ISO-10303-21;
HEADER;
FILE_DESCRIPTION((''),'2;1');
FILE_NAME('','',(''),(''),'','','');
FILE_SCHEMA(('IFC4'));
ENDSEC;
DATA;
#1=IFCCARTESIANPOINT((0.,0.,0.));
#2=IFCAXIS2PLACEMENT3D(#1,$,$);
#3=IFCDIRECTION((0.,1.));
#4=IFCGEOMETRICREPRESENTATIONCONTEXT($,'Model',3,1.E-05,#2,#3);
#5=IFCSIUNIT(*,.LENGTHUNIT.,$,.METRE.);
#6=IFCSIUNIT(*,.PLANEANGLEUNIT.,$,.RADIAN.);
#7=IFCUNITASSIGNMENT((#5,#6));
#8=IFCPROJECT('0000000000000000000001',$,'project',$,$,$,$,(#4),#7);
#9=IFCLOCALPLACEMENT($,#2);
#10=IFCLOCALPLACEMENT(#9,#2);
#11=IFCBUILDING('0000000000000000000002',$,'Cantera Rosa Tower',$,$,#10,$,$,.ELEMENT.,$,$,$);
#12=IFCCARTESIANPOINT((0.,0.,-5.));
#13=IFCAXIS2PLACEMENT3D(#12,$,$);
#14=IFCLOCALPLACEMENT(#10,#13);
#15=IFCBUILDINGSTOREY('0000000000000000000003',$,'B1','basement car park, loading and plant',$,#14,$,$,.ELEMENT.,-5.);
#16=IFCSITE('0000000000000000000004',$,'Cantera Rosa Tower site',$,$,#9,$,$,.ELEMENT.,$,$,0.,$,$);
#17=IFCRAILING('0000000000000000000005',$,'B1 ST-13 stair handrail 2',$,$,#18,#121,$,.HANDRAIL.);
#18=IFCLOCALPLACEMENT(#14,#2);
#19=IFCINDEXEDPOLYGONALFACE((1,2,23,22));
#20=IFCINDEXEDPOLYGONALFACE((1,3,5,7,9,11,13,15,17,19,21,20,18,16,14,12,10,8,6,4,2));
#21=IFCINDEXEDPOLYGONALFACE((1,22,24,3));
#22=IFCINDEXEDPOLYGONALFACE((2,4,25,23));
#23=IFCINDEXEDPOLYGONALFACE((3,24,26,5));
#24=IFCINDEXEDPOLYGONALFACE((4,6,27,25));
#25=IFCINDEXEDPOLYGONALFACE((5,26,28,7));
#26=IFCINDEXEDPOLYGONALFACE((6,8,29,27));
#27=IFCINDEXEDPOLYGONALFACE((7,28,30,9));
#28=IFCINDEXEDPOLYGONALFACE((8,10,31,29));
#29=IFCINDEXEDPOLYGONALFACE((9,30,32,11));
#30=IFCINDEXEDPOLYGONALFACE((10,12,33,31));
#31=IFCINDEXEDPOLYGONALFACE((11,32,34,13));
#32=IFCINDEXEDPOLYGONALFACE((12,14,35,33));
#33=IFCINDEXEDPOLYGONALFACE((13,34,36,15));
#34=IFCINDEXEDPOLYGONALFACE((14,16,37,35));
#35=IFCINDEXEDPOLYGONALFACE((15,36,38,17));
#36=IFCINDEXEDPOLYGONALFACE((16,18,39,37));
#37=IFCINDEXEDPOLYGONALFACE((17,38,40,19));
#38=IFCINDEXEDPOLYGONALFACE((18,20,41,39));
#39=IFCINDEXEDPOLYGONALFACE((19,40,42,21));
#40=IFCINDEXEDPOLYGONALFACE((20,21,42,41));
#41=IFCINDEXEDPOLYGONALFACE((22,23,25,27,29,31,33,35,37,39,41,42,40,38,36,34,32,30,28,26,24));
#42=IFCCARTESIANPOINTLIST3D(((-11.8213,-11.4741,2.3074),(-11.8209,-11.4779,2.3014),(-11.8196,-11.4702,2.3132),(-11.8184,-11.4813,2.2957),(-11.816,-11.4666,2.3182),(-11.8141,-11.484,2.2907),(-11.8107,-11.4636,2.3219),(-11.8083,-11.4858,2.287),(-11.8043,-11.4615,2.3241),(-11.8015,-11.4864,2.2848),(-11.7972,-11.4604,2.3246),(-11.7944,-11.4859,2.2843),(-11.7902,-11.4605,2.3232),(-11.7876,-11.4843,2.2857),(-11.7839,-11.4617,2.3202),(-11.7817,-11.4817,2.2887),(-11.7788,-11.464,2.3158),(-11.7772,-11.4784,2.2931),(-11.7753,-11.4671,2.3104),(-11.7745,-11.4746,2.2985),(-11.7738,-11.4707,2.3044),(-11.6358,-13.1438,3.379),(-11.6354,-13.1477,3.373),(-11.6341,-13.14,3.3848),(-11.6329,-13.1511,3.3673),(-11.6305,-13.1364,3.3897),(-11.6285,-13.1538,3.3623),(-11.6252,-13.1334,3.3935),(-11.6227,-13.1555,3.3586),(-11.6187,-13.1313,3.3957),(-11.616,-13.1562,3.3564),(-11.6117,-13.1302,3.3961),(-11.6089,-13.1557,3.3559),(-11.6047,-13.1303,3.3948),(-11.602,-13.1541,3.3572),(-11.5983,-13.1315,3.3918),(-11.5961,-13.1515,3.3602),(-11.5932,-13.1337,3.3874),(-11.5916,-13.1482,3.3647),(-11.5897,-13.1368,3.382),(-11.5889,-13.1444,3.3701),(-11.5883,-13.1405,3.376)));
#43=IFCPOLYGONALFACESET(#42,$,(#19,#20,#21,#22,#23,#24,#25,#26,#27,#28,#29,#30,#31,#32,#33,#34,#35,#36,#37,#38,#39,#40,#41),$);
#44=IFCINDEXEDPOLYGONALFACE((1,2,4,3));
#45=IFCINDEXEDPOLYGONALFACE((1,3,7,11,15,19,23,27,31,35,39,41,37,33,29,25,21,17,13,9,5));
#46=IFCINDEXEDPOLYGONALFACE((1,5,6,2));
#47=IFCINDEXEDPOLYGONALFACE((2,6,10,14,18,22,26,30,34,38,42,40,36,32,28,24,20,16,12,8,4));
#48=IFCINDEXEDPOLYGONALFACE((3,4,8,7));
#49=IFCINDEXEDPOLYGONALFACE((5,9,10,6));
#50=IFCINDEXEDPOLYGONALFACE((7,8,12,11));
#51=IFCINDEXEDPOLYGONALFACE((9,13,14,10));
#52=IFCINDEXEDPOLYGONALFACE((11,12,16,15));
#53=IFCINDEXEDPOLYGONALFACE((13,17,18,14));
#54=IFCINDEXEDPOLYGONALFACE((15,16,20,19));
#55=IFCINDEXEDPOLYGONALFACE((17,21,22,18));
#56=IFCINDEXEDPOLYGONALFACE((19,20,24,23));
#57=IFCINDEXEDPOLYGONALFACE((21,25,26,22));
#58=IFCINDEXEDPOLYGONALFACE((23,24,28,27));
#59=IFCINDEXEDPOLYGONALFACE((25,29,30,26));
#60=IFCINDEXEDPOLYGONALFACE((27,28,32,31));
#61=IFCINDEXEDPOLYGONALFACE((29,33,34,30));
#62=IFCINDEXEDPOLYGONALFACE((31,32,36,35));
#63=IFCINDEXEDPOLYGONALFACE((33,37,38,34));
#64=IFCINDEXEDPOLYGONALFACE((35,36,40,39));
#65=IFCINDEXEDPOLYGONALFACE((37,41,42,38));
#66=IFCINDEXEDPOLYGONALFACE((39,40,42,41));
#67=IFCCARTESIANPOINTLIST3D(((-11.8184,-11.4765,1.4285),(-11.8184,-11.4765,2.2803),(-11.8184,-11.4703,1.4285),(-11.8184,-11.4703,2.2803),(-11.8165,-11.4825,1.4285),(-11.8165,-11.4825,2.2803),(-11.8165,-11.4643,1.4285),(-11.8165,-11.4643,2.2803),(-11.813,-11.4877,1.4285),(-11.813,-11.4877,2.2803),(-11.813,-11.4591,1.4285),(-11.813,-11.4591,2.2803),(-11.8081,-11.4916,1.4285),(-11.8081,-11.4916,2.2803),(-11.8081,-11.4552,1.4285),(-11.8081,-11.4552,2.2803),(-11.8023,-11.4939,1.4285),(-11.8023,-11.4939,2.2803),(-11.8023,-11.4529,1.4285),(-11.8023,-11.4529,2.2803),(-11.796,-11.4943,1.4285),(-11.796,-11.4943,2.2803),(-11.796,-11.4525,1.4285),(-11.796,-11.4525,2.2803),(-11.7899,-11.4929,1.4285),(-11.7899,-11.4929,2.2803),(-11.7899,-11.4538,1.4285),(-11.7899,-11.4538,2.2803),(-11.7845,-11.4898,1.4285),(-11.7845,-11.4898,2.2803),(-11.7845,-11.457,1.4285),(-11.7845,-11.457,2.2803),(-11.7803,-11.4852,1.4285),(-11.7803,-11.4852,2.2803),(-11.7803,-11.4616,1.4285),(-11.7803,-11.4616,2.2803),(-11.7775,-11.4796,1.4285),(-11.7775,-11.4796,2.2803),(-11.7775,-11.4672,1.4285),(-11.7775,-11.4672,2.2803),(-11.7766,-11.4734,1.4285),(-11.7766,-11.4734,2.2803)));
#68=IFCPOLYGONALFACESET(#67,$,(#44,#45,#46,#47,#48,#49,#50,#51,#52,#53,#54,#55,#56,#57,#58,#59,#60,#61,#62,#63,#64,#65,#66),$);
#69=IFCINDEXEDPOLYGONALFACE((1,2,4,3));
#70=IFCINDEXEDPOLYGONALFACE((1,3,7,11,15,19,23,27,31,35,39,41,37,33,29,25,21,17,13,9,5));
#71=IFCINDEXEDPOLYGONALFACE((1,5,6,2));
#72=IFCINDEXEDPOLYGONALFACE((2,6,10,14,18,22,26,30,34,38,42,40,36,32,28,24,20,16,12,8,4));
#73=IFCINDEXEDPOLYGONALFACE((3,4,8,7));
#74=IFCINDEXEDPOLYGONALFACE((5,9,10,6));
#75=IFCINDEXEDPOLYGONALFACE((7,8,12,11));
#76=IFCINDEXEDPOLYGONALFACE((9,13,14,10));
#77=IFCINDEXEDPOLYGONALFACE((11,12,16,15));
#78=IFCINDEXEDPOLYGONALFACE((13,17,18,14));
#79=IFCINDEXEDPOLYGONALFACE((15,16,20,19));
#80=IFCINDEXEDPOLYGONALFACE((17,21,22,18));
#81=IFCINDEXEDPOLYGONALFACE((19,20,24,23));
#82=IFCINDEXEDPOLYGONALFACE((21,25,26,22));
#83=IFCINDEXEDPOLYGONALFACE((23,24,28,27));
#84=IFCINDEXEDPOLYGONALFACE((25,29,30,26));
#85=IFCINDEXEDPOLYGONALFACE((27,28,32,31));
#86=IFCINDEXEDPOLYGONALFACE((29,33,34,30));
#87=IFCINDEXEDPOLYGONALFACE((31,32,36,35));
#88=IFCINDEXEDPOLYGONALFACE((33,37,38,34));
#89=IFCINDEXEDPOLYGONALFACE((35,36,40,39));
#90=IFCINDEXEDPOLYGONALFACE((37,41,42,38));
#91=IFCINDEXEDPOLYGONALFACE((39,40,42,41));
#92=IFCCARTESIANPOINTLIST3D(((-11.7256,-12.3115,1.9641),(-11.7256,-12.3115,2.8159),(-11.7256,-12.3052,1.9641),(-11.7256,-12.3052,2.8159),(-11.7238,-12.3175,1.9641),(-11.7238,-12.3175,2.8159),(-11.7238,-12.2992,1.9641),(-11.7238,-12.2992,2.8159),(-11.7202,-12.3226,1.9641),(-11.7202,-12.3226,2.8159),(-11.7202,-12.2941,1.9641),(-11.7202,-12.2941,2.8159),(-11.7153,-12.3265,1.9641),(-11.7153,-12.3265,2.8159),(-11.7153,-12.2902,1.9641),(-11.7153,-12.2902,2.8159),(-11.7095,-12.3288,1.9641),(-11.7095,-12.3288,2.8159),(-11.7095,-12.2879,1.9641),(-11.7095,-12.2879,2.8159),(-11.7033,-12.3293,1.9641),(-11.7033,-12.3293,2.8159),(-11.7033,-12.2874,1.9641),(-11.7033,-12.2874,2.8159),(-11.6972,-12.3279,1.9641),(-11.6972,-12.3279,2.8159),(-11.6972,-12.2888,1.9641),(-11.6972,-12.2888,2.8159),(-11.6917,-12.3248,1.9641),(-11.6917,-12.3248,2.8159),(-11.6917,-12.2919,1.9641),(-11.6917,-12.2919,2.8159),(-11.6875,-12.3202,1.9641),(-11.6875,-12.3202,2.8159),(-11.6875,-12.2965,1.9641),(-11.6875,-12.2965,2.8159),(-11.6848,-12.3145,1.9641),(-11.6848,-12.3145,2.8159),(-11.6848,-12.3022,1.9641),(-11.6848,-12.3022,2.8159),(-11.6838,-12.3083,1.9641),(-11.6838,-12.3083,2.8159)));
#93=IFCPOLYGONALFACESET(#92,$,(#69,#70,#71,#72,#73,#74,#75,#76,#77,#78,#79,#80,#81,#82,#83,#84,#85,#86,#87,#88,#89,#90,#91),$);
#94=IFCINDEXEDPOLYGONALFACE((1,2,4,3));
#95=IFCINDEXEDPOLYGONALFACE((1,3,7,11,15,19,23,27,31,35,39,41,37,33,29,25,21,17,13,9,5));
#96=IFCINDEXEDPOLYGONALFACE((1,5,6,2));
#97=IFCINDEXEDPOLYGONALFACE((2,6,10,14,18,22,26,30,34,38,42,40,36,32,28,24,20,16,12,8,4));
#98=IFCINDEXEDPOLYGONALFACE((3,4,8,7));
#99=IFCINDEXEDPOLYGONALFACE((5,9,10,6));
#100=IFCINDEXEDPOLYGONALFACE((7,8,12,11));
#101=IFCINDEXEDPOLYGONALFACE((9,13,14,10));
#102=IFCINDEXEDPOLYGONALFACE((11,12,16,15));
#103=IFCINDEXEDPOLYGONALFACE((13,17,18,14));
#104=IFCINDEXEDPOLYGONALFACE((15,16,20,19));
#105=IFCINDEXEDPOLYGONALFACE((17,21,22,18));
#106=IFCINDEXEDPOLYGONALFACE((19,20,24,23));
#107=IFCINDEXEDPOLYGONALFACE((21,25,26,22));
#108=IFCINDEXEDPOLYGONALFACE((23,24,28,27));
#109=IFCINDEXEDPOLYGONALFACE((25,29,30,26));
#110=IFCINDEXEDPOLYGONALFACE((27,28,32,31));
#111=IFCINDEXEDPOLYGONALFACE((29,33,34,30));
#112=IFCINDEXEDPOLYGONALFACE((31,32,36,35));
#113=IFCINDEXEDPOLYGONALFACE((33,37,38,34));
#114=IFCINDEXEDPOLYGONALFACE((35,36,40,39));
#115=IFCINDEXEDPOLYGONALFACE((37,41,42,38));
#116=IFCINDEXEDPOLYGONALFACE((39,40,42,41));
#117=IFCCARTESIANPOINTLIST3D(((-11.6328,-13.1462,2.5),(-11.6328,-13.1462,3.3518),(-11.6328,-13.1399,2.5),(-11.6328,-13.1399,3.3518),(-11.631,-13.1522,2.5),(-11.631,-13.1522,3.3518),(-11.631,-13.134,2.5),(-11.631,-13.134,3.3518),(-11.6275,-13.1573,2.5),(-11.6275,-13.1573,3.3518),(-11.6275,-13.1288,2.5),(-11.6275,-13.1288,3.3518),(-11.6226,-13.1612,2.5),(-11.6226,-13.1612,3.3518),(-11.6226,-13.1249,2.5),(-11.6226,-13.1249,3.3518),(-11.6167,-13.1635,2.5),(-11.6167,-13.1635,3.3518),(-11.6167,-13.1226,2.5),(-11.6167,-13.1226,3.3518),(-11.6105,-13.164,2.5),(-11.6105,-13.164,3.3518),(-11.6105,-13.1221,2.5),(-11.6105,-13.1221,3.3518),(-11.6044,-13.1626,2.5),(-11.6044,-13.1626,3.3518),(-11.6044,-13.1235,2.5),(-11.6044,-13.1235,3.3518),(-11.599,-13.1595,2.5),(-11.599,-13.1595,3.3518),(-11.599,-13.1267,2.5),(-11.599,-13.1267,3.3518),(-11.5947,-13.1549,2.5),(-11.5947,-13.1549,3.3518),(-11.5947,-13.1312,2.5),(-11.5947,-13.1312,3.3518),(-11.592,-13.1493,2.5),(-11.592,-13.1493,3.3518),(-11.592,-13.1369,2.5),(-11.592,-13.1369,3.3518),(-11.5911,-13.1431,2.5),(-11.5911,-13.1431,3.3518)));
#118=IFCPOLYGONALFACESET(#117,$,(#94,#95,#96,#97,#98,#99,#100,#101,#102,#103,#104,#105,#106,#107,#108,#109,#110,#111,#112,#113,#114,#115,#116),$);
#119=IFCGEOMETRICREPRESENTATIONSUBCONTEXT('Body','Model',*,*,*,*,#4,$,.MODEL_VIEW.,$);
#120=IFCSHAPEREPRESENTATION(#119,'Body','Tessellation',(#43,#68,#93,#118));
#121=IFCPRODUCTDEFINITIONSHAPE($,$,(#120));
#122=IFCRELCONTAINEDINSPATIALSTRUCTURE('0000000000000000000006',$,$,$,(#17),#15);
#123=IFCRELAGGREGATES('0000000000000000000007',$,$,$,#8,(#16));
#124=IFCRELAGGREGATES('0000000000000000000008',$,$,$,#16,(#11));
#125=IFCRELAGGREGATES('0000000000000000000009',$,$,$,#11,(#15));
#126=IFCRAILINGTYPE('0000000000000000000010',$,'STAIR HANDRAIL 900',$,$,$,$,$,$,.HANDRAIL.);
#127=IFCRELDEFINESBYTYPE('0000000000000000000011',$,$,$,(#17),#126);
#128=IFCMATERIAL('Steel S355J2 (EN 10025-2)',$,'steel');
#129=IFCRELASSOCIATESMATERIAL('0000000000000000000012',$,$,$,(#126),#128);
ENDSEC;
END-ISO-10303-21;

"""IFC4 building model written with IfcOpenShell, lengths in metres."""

from ifc_helpers import new_model, si_unit, direction, frame, origin, origin_2d, place, context, subcontext, project, spatial, circle, extrude, material, type_object, element, save


model = new_model("IFC4")

# Units and contexts
model_context = context("Model", 3, precision=1e-05, world=origin(), true_north=direction((0.0, 1.0)))
body_context = subcontext(model_context, "Body", "Model", "MODEL_VIEW")
ifc_project = project(units=[si_unit("LENGTHUNIT", "METRE"), si_unit("PLANEANGLEUNIT", "RADIAN")], contexts=[model_context])

# Site, building, storey
site_placement = place(None, origin())
site = spatial("IfcSite", under=ifc_project, at=site_placement, Name="Cantera Rosa Tower site", CompositionType="ELEMENT", RefElevation=0.0)
building_placement = place(site_placement, origin())
building = spatial("IfcBuilding", under=site, at=building_placement, Name="Cantera Rosa Tower", CompositionType="ELEMENT")
storey_placement = place(building_placement, frame((0.0, 0.0, -5.0)))
storey = spatial("IfcBuildingStorey", under=building, at=storey_placement, Name="B1", Description="basement car park, loading and plant", CompositionType="ELEMENT", Elevation=-5.0)

# Railing
ifc_material_1 = material(Name="Steel S355J2 (EN 10025-2)", Category="steel")
railing_type_1 = type_object("IfcRailingType", Name="STAIR HANDRAIL 900", PredefinedType="HANDRAIL", material=ifc_material_1)
railing_1_placement = place(storey_placement, frame((-11.7976, -11.4734, 1.4285)))
element("IfcRailing", 1, at=railing_1_placement, inside=storey, type_object=railing_type_1, Name="B1 ST-13 stair handrail 2", PredefinedType="HANDRAIL", context=body_context, shape_type="SweptSolid", body=[
    extrude(circle(Radius=0.0239, at=origin_2d()), frame((0.0, 0.0, 0.876), z_axis=(0.093118, -0.837941, 0.537758), x_axis=(0.993882, 0.110447, 0.0)), (0.0, 0.0, 1.0), 1.9927),
    extrude(circle(Radius=0.021, at=origin_2d()), origin(), (0.0, 0.0, 1.0), 0.8518),
    extrude(circle(Radius=0.021, at=origin_2d()), frame((0.0928, -0.835, 0.5356)), (0.0, 0.0, 1.0), 0.8518),
    extrude(circle(Radius=0.021, at=origin_2d()), frame((0.1855, -1.6697, 1.0715)), (0.0, 0.0, 1.0), 0.8518),
])

save(model, "model.ifc")
